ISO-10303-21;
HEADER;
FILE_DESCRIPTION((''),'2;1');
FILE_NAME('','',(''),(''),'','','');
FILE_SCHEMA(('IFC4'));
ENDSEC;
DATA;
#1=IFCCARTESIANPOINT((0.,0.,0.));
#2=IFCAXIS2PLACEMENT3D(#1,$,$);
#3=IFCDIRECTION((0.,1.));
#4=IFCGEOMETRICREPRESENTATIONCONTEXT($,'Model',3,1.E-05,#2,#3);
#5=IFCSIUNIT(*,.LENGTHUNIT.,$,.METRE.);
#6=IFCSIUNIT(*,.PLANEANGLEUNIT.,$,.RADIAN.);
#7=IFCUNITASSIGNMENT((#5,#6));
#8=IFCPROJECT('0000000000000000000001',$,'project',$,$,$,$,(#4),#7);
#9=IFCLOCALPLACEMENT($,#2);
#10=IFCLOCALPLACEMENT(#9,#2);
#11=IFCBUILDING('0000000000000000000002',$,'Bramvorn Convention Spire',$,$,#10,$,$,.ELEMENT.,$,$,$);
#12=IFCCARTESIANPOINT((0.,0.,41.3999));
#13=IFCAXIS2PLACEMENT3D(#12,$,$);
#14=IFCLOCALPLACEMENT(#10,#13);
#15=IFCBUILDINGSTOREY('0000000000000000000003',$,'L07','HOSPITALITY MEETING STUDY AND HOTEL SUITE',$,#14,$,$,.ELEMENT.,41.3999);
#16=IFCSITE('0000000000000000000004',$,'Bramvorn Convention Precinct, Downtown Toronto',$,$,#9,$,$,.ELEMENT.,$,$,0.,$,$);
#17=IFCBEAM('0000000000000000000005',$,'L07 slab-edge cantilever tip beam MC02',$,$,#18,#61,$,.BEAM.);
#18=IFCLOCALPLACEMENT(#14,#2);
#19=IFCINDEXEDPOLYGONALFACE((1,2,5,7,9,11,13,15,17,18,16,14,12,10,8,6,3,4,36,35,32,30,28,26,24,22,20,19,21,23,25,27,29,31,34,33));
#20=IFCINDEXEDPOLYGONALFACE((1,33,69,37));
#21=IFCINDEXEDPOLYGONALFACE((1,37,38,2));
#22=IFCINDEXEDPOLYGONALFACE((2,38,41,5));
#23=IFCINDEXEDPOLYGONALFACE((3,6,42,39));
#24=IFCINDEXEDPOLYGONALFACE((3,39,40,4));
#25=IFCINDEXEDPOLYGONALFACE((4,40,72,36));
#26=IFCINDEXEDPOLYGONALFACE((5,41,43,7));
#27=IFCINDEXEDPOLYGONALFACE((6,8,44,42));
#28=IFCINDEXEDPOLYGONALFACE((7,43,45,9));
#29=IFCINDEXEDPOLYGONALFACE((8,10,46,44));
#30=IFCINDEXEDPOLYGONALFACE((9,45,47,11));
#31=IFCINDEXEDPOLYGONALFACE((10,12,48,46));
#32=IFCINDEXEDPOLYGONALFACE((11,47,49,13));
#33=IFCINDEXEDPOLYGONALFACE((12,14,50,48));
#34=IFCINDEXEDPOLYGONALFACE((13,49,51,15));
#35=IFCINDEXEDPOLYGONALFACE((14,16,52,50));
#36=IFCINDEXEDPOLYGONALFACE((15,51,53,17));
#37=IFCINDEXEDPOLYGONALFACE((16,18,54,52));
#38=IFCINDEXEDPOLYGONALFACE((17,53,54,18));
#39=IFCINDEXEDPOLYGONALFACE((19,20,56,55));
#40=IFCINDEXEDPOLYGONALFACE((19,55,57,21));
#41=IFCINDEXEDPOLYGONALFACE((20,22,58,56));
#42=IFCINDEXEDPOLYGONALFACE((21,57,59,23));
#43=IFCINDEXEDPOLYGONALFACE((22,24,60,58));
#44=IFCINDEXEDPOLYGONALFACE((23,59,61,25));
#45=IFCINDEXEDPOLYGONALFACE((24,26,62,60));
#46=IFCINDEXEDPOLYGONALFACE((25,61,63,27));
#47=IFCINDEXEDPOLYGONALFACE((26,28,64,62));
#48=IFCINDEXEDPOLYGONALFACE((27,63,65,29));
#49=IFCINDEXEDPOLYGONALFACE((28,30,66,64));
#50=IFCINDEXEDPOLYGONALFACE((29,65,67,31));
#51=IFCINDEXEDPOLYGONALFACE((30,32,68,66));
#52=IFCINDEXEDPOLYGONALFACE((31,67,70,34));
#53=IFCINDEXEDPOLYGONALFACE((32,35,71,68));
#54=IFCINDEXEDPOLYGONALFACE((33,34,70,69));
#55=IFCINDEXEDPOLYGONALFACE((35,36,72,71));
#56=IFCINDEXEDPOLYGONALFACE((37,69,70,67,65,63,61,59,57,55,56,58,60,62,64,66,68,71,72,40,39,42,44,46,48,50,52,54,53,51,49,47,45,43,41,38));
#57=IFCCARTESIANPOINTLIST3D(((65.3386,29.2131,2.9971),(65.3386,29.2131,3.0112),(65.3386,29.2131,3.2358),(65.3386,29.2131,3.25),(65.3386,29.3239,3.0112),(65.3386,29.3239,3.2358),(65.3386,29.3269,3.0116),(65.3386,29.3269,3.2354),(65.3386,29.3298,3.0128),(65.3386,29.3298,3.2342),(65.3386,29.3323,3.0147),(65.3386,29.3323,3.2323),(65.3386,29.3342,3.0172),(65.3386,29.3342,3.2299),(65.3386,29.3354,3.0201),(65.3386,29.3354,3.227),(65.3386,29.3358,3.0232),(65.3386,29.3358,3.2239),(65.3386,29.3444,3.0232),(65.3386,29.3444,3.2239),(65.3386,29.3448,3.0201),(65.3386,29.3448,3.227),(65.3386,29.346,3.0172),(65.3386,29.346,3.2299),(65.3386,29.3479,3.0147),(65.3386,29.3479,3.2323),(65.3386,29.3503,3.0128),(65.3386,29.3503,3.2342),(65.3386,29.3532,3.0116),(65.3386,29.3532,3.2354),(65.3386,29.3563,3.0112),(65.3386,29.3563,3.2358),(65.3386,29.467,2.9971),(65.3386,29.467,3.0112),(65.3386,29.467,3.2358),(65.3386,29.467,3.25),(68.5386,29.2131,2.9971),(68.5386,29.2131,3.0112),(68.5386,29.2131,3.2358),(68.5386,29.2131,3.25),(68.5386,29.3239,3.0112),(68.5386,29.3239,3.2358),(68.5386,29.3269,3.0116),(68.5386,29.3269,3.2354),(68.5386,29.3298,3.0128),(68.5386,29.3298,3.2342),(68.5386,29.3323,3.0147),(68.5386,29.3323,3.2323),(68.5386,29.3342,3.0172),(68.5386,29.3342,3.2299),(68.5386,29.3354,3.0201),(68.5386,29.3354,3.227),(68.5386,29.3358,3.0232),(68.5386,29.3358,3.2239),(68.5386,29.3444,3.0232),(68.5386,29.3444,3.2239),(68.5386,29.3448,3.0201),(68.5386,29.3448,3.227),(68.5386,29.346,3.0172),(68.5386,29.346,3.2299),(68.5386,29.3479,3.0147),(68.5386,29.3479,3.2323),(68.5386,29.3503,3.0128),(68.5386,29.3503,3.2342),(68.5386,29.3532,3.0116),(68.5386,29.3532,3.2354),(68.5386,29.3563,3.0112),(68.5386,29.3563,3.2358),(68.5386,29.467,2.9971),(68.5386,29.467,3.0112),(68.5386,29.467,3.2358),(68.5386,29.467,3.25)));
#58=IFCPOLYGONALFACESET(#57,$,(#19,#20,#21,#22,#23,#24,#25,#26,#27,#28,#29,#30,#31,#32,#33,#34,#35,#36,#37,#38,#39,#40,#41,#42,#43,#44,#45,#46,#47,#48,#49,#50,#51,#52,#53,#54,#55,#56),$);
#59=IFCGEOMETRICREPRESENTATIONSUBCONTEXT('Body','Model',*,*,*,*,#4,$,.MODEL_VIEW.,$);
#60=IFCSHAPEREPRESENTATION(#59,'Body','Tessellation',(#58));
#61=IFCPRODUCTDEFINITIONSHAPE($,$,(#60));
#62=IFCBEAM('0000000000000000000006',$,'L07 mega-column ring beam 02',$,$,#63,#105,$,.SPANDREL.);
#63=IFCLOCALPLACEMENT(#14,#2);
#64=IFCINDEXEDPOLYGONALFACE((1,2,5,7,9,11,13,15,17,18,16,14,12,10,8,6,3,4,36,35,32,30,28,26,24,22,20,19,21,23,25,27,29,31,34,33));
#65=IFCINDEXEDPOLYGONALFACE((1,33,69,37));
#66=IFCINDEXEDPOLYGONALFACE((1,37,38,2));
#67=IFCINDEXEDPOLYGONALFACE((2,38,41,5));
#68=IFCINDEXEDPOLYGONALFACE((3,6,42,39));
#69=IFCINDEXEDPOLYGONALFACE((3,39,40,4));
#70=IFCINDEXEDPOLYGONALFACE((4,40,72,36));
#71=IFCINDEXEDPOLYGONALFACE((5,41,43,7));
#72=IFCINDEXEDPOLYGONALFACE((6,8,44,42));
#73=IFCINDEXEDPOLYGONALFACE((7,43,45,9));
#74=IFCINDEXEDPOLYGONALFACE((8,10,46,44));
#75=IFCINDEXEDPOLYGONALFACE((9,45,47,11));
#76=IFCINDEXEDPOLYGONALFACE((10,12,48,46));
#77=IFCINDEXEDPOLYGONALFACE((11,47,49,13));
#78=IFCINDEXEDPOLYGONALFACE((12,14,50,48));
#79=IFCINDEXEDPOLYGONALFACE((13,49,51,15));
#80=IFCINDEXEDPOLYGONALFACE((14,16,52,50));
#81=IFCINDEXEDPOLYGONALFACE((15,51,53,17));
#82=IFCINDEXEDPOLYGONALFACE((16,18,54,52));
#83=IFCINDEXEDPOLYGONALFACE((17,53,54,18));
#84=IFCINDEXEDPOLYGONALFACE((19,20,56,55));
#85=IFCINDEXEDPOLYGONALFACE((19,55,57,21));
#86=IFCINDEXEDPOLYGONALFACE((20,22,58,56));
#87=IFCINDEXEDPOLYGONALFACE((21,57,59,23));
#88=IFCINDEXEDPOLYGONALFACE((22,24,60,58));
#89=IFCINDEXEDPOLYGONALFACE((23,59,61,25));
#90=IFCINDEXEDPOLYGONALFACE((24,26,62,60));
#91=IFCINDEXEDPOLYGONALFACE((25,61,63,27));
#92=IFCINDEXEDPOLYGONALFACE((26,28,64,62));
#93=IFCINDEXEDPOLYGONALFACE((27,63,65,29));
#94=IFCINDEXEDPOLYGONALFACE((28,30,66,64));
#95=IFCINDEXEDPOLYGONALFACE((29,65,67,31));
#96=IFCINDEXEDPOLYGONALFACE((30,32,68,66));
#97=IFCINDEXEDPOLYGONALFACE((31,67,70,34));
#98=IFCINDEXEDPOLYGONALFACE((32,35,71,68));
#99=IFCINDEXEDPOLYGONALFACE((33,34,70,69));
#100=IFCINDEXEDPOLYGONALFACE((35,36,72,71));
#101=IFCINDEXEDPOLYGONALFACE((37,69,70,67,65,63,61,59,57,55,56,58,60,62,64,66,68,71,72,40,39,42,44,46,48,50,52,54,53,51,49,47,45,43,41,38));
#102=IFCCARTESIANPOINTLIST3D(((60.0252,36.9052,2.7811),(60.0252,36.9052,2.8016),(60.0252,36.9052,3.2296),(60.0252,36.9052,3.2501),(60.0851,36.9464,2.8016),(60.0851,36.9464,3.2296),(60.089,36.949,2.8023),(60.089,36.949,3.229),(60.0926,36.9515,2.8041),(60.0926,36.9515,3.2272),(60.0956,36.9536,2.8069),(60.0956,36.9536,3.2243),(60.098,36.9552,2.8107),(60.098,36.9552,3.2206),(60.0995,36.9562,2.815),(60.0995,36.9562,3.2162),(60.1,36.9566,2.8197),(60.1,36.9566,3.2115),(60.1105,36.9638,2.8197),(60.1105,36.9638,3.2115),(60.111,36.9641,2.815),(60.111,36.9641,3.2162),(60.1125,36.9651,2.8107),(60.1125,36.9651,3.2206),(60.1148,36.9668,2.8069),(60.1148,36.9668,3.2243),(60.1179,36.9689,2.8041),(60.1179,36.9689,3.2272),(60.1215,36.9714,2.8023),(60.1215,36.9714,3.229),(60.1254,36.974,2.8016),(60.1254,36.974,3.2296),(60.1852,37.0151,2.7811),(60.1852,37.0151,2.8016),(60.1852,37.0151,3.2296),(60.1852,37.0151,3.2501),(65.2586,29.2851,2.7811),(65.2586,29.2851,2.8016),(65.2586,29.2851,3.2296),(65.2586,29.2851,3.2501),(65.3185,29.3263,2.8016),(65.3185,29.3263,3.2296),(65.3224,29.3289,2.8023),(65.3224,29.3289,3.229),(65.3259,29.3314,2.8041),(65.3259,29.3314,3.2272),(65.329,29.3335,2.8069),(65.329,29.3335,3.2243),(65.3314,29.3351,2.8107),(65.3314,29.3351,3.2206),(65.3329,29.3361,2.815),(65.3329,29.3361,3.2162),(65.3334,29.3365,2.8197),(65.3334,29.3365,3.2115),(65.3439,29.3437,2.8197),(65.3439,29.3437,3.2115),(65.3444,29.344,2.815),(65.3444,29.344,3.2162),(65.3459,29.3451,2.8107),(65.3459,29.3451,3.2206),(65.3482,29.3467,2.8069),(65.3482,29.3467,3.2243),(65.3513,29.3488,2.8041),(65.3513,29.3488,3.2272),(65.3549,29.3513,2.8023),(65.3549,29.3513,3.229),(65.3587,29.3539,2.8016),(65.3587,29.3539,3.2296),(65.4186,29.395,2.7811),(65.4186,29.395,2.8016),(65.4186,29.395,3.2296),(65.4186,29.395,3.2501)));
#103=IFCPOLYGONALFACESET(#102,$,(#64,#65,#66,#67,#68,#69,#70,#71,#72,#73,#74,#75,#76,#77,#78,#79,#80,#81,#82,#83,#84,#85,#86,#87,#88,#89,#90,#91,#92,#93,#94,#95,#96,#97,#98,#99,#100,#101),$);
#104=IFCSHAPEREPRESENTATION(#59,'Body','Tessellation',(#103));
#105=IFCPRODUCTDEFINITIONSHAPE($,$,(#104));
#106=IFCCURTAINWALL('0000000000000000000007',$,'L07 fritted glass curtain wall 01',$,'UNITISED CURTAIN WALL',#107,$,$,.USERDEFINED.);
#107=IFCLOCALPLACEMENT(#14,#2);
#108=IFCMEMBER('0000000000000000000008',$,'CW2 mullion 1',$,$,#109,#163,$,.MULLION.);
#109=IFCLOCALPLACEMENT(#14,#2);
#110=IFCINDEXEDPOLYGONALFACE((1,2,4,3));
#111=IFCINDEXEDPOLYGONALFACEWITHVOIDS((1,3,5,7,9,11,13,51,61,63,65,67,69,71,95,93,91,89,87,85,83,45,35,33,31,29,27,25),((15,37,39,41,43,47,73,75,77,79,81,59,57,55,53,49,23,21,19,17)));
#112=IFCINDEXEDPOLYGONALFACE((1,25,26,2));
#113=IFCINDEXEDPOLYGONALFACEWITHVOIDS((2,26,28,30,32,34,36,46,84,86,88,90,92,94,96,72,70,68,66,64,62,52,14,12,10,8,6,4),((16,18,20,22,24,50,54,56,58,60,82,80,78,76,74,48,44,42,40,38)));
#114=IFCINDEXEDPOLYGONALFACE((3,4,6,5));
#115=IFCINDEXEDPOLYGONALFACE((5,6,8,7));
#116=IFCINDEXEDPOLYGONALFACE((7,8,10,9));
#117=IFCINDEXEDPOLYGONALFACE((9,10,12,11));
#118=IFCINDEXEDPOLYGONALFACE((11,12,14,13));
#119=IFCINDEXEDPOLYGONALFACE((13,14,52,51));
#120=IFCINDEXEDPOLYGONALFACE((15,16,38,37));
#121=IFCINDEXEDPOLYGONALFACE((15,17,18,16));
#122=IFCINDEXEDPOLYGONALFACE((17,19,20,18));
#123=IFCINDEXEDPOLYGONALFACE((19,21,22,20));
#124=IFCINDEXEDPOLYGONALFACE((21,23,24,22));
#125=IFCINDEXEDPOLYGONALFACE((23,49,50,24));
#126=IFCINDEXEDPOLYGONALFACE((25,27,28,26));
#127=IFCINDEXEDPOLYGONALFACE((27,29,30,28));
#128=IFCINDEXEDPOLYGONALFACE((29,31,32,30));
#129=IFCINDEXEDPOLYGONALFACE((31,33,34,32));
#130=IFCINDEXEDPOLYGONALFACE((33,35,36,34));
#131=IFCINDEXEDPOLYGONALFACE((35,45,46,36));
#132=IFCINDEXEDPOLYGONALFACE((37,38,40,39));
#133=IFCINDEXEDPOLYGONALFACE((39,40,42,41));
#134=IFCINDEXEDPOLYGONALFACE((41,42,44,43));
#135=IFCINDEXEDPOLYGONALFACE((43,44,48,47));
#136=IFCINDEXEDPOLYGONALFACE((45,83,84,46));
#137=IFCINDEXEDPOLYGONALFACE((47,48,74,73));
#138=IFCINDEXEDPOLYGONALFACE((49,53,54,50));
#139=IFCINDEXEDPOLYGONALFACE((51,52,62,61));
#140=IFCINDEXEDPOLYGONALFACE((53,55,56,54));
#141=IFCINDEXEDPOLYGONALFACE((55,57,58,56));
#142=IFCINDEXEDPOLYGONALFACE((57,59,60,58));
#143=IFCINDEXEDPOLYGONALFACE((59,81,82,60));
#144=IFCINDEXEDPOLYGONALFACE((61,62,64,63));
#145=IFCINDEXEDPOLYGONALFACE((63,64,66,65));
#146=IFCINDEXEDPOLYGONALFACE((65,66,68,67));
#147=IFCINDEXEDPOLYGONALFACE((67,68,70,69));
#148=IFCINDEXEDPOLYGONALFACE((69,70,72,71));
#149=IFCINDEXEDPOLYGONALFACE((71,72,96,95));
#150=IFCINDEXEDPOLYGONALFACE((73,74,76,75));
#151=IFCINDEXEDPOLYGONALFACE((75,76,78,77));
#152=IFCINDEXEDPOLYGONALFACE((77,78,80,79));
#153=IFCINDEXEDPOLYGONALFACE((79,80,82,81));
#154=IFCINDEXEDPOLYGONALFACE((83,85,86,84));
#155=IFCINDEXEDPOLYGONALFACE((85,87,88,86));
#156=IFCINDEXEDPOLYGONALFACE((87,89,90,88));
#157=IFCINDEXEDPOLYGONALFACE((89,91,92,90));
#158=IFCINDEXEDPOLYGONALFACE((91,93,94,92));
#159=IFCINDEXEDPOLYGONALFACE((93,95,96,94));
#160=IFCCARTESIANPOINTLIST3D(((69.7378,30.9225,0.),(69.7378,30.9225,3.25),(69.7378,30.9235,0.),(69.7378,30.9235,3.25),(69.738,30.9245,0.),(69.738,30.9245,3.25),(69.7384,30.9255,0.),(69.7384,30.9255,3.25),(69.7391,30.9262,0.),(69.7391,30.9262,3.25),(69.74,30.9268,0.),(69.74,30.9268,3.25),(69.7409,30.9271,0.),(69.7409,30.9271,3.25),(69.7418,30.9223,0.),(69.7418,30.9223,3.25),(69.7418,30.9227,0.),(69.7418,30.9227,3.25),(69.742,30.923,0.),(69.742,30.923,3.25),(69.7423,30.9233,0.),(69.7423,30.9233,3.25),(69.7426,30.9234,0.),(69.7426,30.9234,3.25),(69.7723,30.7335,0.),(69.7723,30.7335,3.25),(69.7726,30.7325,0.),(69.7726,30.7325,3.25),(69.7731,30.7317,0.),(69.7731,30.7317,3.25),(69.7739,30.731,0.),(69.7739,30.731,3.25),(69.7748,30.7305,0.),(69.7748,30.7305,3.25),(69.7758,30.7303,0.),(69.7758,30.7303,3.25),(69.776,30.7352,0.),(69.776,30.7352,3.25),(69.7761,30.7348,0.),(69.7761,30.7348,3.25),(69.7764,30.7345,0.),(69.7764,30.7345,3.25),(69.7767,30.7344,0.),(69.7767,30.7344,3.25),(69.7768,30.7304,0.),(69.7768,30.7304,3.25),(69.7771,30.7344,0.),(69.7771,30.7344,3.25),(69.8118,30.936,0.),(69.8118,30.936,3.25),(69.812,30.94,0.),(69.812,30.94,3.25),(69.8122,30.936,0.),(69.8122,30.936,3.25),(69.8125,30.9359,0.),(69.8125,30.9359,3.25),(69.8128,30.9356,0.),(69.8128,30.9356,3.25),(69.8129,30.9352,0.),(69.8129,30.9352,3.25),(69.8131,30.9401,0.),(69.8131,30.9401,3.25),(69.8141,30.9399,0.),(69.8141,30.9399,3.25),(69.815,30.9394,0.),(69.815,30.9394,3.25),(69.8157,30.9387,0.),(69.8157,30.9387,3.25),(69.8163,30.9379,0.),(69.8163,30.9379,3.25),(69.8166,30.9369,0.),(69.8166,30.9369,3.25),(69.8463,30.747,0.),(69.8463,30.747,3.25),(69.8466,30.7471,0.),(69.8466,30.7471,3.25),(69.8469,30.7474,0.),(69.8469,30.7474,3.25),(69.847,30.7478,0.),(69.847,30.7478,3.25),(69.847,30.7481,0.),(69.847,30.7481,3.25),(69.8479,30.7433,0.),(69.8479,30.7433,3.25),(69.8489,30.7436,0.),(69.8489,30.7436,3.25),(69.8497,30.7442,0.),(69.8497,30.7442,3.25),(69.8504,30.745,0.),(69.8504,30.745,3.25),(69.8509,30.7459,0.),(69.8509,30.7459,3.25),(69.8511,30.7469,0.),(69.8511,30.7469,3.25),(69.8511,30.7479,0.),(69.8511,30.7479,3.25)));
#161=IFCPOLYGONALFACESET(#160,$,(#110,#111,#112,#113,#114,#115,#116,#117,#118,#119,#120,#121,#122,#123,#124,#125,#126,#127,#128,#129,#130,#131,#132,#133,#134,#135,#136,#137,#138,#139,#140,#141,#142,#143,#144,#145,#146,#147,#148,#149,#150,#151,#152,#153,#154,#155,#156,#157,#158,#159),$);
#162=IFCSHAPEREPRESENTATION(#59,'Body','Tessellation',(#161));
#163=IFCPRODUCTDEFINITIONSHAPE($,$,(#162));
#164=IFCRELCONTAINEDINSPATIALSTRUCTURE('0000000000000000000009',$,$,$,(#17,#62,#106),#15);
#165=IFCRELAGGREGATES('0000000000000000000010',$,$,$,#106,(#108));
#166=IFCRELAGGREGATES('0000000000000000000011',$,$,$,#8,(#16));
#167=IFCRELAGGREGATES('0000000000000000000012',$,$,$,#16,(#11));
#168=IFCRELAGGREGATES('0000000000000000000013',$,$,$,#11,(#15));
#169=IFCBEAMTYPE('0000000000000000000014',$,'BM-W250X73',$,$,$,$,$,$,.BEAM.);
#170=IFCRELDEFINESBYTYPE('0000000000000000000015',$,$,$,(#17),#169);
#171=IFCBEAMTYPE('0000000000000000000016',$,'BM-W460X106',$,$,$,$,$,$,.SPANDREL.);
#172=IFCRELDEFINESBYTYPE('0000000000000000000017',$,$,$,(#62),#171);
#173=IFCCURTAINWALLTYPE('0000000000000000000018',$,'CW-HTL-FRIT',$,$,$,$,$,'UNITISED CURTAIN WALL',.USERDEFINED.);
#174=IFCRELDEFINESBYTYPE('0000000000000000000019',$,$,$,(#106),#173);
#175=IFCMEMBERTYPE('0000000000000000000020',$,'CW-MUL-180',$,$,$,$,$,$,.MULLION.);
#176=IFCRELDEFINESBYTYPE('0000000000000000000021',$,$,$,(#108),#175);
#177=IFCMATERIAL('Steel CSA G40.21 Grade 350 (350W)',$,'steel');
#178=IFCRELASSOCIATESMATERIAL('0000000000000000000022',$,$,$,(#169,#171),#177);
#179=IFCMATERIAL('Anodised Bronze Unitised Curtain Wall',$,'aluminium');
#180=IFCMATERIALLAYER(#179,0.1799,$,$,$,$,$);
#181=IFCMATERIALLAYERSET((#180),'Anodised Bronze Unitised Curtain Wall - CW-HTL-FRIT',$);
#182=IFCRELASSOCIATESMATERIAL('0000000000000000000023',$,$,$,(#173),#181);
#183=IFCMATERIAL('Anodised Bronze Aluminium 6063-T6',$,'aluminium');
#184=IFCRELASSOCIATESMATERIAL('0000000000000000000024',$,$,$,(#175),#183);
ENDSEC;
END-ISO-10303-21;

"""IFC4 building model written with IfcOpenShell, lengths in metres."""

from ifc_helpers import new_model, si_unit, direction, frame, origin, origin_2d, place, context, subcontext, project, spatial, hollow_rectangle, i_section, extrude, material, layer, layer_set, material_profile, profile_set, type_object, element, aggregate, save


model = new_model("IFC4")

# Units and contexts
model_context = context("Model", 3, precision=1e-05, world=origin(), true_north=direction((0.0, 1.0)))
body_context = subcontext(model_context, "Body", "Model", "MODEL_VIEW")
ifc_project = project(units=[si_unit("LENGTHUNIT", "METRE"), si_unit("PLANEANGLEUNIT", "RADIAN")], contexts=[model_context])

# Site, building, storey
site_placement = place(None, origin())
site = spatial("IfcSite", under=ifc_project, at=site_placement, Name="Bramvorn Convention Precinct, Downtown Toronto", CompositionType="ELEMENT", RefElevation=0.0)
building_placement = place(site_placement, origin())
building = spatial("IfcBuilding", under=site, at=building_placement, Name="Bramvorn Convention Spire", CompositionType="ELEMENT")
storey_placement = place(building_placement, frame((0.0, 0.0, 41.3999)))
storey = spatial("IfcBuildingStorey", under=building, at=storey_placement, Name="L07", Description="HOSPITALITY MEETING STUDY AND HOTEL SUITE", CompositionType="ELEMENT", Elevation=41.3999)

# Beams
ifc_material_1 = material(Name="Steel CSA G40.21 Grade 350 (350W)", Category="steel")
ifc_material_profile_1 = material_profile(ifc_material_1, i_section(OverallWidth=0.2539, OverallDepth=0.2529, WebThickness=0.0085, FlangeThickness=0.0142, FilletRadius=0.012, at=origin_2d()))
ifc_profile_set_1 = profile_set([ifc_material_profile_1], Name="Steel CSA G40.21 Grade 350 (350W) - W250X73")
beam_type_1 = type_object("IfcBeamType", Name="BM-W250X73", PredefinedType="BEAM", material=ifc_profile_set_1)
beam_1_placement = place(storey_placement, frame((65.3386, 29.3401, 3.1235), z_axis=(1.0, 0.0, 0.0), x_axis=(0.0, 1.0, 0.0)))
element("IfcBeam", 1, at=beam_1_placement, inside=storey, type_object=beam_type_1, Name="L07 slab-edge cantilever tip beam MC02", PredefinedType="BEAM", context=body_context, shape_type="SweptSolid", body=[
    extrude(i_section(OverallWidth=0.2539, OverallDepth=0.2529, WebThickness=0.0085, FlangeThickness=0.0142, FilletRadius=0.012, at=origin_2d()), origin(), (0.0, 0.0, 1.0), 3.2),
])
ifc_material_profile_2 = material_profile(ifc_material_1, i_section(OverallWidth=0.1941, OverallDepth=0.469, WebThickness=0.0127, FlangeThickness=0.0205, FilletRadius=0.0181, at=origin_2d()))
ifc_profile_set_2 = profile_set([ifc_material_profile_2], Name="Steel CSA G40.21 Grade 350 (350W) - W460X106")
beam_type_2 = type_object("IfcBeamType", Name="BM-W460X106", PredefinedType="SPANDREL", material=ifc_profile_set_2)
beam_2_placement = place(storey_placement, frame((65.3386, 29.3401, 3.0156), z_axis=(-0.56613, 0.824316, 0.0), x_axis=(-0.824316, -0.56613, 0.0)))
element("IfcBeam", 2, at=beam_2_placement, inside=storey, type_object=beam_type_2, Name="L07 mega-column ring beam 02", PredefinedType="SPANDREL", context=body_context, shape_type="SweptSolid", body=[
    extrude(i_section(OverallWidth=0.1941, OverallDepth=0.469, WebThickness=0.0127, FlangeThickness=0.0205, FilletRadius=0.0181, at=origin_2d()), origin(), (0.0, 0.0, 1.0), 9.2441),
])

# Curtain wall, member
ifc_material_2 = material(Name="Anodised Bronze Unitised Curtain Wall", Category="aluminium")
ifc_layer_1 = layer(ifc_material_2, 0.1799)
ifc_layer_set_1 = layer_set([ifc_layer_1], Name="Anodised Bronze Unitised Curtain Wall - CW-HTL-FRIT")
curtain_wall_type = type_object("IfcCurtainWallType", Name="CW-HTL-FRIT", ElementType="UNITISED CURTAIN WALL", PredefinedType="USERDEFINED", material=ifc_layer_set_1)
curtain_wall_1_placement = place(storey_placement, origin())
curtain_wall_1 = element("IfcCurtainWall", 3, at=curtain_wall_1_placement, inside=storey, type_object=curtain_wall_type, Name="L07 fritted glass curtain wall 01", ObjectType="UNITISED CURTAIN WALL", PredefinedType="USERDEFINED")
ifc_material_3 = material(Name="Anodised Bronze Aluminium 6063-T6", Category="aluminium")
ifc_material_profile_3 = material_profile(ifc_material_3, hollow_rectangle(XDim=0.0801, YDim=0.2, WallThickness=0.0039, InnerFilletRadius=0.001, OuterFilletRadius=0.0039, at=origin_2d()))
ifc_profile_set_3 = profile_set([ifc_material_profile_3], Name="Anodised Bronze Aluminium 6063-T6 - CWM80X200")
member_type_1 = type_object("IfcMemberType", Name="CW-MUL-180", PredefinedType="MULLION", material=ifc_profile_set_3)
member_1_placement = place(storey_placement, frame((69.7944, 30.8352, 0.0), z_axis=(0.0, 0.0, 1.0), x_axis=(0.983768, 0.179447, 0.0)))
member_1 = element("IfcMember", 4, at=member_1_placement, type_object=member_type_1, Name="CW2 mullion 1", PredefinedType="MULLION", context=body_context, shape_type="SweptSolid", body=[
    extrude(hollow_rectangle(XDim=0.0801, YDim=0.2, WallThickness=0.0039, InnerFilletRadius=0.001, OuterFilletRadius=0.0039, at=origin_2d()), origin(), (0.0, 0.0, 1.0), 3.25),
])

aggregate(curtain_wall_1, [member_1])

save(model, "model.ifc")
